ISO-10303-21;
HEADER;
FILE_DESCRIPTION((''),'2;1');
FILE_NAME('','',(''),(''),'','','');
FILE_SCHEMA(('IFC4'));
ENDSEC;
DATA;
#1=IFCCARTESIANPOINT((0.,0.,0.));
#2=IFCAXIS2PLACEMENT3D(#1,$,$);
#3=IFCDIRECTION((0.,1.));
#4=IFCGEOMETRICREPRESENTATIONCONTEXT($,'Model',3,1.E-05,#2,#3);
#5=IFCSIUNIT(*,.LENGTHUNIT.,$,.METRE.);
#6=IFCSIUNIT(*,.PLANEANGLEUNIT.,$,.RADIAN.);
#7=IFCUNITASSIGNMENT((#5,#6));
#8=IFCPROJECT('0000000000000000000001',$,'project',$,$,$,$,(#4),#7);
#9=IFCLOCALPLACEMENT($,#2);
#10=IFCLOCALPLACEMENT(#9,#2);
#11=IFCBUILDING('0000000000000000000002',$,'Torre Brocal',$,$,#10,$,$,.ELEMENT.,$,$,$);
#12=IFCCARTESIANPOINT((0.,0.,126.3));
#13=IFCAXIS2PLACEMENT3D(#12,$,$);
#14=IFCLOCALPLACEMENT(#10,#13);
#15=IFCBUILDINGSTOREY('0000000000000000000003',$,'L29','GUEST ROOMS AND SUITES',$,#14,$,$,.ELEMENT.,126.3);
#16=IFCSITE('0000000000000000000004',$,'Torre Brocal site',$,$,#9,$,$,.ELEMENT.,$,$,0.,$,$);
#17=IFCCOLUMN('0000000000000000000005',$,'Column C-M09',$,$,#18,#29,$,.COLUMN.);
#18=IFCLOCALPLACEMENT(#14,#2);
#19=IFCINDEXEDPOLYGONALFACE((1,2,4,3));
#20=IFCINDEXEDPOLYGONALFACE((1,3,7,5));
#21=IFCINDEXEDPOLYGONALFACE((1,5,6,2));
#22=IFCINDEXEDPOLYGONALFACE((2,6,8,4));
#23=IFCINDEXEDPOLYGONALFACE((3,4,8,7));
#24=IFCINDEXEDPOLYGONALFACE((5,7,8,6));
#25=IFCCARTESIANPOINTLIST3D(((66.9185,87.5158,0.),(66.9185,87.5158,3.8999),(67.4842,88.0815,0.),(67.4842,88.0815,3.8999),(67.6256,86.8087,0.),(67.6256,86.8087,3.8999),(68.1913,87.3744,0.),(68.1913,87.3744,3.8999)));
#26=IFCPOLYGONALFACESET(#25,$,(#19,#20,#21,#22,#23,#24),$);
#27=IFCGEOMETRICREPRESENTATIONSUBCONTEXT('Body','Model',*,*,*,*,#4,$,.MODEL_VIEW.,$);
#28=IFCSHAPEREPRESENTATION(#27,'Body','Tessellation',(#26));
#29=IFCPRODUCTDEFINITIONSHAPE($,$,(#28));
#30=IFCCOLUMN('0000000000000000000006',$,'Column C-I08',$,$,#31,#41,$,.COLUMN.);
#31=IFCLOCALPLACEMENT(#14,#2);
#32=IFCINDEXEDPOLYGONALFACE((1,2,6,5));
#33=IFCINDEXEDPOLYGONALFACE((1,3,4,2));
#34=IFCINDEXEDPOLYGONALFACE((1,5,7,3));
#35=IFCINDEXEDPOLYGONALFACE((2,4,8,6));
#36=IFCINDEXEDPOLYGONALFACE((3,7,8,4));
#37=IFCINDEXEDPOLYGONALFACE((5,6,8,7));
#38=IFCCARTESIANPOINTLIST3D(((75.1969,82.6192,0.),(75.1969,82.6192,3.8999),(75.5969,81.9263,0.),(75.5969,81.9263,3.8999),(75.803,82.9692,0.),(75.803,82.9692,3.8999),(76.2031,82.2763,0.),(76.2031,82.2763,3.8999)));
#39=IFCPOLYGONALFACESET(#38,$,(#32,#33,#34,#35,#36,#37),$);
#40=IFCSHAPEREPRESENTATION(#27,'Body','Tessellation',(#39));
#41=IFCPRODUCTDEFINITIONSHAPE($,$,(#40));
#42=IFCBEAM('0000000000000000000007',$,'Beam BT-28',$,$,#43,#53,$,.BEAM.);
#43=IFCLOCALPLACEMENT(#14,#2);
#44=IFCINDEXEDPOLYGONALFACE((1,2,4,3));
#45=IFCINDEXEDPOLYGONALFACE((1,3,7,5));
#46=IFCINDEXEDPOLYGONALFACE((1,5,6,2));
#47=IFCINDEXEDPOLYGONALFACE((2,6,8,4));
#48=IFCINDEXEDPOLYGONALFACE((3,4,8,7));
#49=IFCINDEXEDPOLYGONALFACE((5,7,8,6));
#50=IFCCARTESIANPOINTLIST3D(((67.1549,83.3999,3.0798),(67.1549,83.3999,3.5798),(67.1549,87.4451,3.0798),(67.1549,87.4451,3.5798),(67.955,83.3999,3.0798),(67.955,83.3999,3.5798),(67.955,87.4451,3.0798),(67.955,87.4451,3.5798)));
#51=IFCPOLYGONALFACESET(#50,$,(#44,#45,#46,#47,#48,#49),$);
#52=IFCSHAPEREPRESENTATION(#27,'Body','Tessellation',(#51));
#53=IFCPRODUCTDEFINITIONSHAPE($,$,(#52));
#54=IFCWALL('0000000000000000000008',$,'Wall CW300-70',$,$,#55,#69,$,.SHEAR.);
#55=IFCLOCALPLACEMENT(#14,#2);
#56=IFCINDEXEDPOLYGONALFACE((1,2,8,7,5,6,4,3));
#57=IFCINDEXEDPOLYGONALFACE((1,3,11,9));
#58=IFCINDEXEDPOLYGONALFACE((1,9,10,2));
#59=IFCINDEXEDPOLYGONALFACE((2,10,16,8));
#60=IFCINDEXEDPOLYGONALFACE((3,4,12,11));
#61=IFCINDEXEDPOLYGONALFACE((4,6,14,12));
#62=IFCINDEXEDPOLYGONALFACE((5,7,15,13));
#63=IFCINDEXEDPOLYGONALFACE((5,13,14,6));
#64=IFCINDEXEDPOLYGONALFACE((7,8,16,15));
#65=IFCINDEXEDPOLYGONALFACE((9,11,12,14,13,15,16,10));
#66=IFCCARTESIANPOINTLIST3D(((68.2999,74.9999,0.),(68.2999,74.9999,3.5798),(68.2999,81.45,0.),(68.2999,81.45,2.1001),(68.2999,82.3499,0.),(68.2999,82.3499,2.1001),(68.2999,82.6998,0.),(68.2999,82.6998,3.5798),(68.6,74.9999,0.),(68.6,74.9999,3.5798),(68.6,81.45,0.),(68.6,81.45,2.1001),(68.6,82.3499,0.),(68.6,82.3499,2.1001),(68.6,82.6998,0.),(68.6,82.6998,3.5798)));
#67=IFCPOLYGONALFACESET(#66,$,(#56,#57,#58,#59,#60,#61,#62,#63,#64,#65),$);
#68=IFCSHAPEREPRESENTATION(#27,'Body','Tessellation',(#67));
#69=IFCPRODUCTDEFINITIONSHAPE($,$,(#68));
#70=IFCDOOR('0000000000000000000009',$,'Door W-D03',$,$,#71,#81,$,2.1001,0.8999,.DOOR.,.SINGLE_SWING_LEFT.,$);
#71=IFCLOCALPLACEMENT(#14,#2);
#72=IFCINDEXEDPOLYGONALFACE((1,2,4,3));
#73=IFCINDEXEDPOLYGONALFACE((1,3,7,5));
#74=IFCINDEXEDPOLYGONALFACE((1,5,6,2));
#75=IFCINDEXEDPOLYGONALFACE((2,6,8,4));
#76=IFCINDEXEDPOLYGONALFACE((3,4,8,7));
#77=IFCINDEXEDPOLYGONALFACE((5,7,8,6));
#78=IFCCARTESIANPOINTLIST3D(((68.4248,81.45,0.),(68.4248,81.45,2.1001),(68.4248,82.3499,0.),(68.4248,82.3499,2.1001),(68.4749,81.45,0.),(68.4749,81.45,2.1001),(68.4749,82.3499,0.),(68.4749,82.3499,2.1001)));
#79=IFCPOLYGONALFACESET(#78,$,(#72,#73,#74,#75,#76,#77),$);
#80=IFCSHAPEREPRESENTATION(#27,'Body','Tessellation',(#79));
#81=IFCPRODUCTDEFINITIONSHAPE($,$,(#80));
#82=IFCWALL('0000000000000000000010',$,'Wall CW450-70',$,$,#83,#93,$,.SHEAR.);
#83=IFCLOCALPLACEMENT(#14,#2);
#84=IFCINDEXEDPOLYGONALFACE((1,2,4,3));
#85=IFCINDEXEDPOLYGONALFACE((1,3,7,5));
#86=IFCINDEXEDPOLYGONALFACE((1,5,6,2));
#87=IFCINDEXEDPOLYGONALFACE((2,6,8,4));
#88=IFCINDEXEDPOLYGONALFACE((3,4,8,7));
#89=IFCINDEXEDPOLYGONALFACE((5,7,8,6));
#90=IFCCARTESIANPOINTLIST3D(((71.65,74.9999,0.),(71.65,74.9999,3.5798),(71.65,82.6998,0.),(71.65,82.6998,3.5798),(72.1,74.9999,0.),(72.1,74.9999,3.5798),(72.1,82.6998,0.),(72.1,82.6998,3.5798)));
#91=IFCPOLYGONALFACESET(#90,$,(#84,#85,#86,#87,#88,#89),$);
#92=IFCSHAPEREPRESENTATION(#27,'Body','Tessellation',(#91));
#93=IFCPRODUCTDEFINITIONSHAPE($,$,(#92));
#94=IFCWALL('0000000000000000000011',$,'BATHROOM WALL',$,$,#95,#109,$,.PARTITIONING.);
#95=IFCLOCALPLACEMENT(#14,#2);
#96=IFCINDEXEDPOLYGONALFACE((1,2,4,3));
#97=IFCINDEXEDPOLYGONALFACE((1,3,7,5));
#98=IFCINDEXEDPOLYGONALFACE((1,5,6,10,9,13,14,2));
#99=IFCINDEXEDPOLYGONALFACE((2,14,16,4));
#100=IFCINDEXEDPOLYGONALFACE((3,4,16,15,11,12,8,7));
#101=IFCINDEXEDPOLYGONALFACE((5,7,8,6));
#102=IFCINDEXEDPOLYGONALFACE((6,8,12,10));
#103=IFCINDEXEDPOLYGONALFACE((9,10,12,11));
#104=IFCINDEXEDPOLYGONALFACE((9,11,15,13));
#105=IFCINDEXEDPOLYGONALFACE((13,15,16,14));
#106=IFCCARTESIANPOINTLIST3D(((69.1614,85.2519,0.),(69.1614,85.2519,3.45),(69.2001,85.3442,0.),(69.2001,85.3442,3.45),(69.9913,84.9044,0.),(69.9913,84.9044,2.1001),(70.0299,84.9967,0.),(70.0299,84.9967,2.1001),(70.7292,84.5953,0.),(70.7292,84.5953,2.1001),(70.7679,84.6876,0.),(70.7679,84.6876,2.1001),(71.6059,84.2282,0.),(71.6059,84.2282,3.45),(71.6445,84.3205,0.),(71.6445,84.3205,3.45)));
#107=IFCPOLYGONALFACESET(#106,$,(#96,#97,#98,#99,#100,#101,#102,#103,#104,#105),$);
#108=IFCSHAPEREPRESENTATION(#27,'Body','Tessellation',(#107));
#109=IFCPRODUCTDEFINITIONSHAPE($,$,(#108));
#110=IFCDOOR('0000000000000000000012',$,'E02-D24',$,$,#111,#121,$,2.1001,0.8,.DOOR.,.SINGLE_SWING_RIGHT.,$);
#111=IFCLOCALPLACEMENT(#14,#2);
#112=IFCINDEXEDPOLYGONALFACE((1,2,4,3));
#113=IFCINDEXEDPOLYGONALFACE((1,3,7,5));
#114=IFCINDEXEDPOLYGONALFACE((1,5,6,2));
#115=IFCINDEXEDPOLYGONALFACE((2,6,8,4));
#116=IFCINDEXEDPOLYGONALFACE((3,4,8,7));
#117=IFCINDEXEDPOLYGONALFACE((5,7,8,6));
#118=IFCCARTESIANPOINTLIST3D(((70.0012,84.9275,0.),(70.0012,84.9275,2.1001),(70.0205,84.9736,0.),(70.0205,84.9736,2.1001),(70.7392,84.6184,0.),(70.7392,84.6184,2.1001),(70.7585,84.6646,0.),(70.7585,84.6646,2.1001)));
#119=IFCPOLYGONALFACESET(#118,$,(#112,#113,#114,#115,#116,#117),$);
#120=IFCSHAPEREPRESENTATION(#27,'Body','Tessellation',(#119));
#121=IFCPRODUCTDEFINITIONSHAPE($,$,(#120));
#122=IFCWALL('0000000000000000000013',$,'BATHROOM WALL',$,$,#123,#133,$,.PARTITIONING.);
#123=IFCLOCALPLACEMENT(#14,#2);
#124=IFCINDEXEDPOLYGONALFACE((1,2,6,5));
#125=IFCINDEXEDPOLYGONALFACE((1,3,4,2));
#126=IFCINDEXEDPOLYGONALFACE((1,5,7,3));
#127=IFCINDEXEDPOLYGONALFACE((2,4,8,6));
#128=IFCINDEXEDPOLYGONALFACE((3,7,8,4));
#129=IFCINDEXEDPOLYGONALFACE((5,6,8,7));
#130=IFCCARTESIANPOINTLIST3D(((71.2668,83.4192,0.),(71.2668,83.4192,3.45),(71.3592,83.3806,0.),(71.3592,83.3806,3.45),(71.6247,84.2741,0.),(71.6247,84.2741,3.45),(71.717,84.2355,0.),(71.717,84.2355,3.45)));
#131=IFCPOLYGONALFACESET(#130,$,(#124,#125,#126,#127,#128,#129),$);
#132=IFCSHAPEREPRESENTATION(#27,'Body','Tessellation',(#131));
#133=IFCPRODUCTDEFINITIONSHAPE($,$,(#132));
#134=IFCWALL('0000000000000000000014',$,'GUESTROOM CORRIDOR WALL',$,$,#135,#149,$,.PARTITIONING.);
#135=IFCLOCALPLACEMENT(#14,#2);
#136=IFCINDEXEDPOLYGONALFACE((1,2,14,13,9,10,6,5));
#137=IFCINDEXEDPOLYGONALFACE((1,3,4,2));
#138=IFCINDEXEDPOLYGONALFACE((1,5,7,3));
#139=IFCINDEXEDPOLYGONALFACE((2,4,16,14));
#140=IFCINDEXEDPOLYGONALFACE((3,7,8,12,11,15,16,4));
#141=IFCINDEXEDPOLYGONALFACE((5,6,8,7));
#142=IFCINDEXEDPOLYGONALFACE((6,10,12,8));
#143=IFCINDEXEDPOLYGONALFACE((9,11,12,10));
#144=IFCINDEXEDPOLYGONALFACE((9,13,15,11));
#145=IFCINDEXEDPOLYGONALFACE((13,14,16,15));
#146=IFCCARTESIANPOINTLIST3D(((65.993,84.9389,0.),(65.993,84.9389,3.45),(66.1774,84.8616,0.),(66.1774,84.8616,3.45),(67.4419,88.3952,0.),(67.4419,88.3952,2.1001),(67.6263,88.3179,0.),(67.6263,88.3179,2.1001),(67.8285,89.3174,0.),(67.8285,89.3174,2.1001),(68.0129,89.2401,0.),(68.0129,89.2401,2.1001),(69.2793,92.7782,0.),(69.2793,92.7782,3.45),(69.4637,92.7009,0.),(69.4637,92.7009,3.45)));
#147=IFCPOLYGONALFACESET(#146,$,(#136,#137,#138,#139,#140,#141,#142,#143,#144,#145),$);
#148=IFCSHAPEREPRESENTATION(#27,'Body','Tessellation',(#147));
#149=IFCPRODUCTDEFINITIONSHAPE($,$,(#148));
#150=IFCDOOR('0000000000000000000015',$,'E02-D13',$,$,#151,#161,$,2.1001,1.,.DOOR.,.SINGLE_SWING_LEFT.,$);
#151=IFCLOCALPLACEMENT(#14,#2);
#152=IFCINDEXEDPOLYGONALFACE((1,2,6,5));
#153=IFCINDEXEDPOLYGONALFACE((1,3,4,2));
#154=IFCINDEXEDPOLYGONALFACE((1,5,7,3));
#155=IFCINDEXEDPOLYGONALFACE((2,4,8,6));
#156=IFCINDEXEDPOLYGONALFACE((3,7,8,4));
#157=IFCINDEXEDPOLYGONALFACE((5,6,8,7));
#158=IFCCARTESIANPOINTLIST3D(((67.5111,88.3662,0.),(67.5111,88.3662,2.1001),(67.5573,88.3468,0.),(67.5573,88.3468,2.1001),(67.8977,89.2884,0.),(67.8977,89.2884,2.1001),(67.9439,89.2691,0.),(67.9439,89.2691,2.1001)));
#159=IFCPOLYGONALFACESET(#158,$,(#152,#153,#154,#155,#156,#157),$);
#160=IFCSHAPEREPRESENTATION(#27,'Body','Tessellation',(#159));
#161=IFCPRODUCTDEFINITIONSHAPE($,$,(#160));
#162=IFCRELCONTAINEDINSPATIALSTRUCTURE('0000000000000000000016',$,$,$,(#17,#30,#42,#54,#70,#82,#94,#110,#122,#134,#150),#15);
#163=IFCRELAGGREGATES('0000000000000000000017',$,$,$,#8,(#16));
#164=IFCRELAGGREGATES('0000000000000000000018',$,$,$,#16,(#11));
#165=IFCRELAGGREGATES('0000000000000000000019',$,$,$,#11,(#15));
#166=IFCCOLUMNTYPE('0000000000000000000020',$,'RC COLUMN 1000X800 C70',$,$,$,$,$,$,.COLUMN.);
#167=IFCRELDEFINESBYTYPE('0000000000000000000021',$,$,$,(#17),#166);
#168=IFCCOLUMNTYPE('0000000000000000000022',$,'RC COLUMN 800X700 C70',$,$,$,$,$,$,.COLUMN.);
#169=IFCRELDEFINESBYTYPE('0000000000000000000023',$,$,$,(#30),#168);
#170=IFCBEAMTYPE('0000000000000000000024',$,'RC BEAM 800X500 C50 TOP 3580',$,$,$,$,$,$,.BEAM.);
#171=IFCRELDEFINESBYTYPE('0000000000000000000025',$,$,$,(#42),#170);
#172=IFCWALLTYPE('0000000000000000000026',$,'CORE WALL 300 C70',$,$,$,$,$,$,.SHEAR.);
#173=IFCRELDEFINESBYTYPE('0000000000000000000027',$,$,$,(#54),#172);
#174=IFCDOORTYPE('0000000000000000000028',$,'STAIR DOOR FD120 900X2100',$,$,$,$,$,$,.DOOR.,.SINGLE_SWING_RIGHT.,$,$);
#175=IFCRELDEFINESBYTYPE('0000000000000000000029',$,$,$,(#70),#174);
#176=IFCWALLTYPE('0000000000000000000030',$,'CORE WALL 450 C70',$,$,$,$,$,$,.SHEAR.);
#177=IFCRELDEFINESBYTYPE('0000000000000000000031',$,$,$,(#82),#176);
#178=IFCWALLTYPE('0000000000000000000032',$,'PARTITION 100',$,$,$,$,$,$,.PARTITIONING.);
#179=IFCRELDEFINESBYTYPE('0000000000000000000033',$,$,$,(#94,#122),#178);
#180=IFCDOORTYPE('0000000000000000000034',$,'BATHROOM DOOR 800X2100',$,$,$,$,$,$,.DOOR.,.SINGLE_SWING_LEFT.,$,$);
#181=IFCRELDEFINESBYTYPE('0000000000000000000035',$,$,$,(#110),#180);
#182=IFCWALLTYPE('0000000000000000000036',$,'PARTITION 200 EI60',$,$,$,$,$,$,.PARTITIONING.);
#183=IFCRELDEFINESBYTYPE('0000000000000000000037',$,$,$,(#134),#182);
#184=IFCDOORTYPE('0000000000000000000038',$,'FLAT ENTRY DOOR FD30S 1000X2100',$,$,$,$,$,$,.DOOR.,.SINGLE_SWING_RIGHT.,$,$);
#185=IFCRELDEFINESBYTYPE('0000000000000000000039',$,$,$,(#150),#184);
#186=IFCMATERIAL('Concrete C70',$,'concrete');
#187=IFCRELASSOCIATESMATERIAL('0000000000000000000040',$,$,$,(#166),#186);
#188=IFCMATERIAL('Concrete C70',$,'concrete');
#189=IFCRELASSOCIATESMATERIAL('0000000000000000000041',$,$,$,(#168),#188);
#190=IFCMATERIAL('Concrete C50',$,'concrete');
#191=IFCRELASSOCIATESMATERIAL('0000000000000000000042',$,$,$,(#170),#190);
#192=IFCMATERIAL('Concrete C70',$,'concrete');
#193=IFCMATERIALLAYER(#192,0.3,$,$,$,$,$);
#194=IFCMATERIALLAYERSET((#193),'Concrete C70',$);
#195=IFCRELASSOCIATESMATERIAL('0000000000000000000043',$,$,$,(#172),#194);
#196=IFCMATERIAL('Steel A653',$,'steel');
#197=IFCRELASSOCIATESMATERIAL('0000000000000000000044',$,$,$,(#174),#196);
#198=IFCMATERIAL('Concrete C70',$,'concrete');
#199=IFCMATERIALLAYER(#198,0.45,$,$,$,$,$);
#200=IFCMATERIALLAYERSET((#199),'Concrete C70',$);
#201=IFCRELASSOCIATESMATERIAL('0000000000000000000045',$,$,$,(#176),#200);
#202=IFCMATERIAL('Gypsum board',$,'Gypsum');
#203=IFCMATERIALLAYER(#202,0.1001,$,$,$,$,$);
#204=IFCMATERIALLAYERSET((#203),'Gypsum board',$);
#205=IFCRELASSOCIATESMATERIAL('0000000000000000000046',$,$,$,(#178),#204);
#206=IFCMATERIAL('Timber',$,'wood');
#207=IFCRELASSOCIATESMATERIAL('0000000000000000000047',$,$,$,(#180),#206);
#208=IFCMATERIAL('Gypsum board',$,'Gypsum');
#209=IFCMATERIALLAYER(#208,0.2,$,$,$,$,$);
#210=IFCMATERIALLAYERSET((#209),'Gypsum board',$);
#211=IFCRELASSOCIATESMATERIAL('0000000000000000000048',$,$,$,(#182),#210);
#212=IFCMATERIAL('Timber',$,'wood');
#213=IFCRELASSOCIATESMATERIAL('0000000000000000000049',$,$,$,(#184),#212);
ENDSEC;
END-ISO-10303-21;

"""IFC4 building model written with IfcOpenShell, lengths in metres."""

from ifc_helpers import new_model, si_unit, direction, frame, frame_2d, origin, origin_2d, place, context, subcontext, project, spatial, rectangle, extrude, material, layer, layer_set, material_profile, profile_set, type_object, element, fill, save


model = new_model("IFC4")

# Units and contexts
model_context = context("Model", 3, precision=1e-05, world=origin(), true_north=direction((0.0, 1.0)))
body_context = subcontext(model_context, "Body", "Model", "MODEL_VIEW")
ifc_project = project(units=[si_unit("LENGTHUNIT", "METRE"), si_unit("PLANEANGLEUNIT", "RADIAN")], contexts=[model_context])

# Site, building, storey
site_placement = place(None, origin())
site = spatial("IfcSite", under=ifc_project, at=site_placement, Name="Torre Brocal site", CompositionType="ELEMENT", RefElevation=0.0)
building_placement = place(site_placement, origin())
building = spatial("IfcBuilding", under=site, at=building_placement, Name="Torre Brocal", CompositionType="ELEMENT")
storey_placement = place(building_placement, frame((0.0, 0.0, 126.3)))
storey = spatial("IfcBuildingStorey", under=building, at=storey_placement, Name="L29", Description="GUEST ROOMS AND SUITES", CompositionType="ELEMENT", Elevation=126.3)

# Columns
ifc_material_1 = material(Name="Concrete C70", Category="concrete")
ifc_material_profile_1 = material_profile(ifc_material_1, rectangle(XDim=1.0, YDim=0.8, at=origin_2d()), Name="RC 1000X800")
ifc_profile_set_1 = profile_set([ifc_material_profile_1], Name="Concrete C70")
column_type_1 = type_object("IfcColumnType", Name="RC COLUMN 1000X800 C70", PredefinedType="COLUMN", material=ifc_profile_set_1)
column_1_placement = place(storey_placement, frame((67.5549, 87.4451, 0.0), z_axis=(0.0, 0.0, 1.0), x_axis=(-0.707107, 0.707107, 0.0)))
element("IfcColumn", 1, at=column_1_placement, inside=storey, type_object=column_type_1, Name="Column C-M09", PredefinedType="COLUMN", context=body_context, shape_type="SweptSolid", body=[
    extrude(rectangle(XDim=1.0, YDim=0.8, at=origin_2d()), origin(), (0.0, 0.0, 1.0), 3.8999),
])
ifc_material_2 = material(Name="Concrete C70", Category="concrete")
ifc_material_profile_2 = material_profile(ifc_material_2, rectangle(XDim=0.8, YDim=0.7, at=origin_2d()), Name="RC 800X700")
ifc_profile_set_2 = profile_set([ifc_material_profile_2], Name="Concrete C70")
column_type_2 = type_object("IfcColumnType", Name="RC COLUMN 800X700 C70", PredefinedType="COLUMN", material=ifc_profile_set_2)
column_2_placement = place(storey_placement, frame((75.7, 82.4478, 0.0), z_axis=(0.0, 0.0, 1.0), x_axis=(-0.5, 0.866025, 0.0)))
element("IfcColumn", 2, at=column_2_placement, inside=storey, type_object=column_type_2, Name="Column C-I08", PredefinedType="COLUMN", context=body_context, shape_type="SweptSolid", body=[
    extrude(rectangle(XDim=0.8, YDim=0.7, at=origin_2d()), origin(), (0.0, 0.0, 1.0), 3.8999),
])

# Beam
ifc_material_3 = material(Name="Concrete C50", Category="concrete")
ifc_material_profile_3 = material_profile(ifc_material_3, rectangle(XDim=0.8, YDim=0.5, at=origin_2d()), Name="RC 800X500")
ifc_profile_set_3 = profile_set([ifc_material_profile_3], Name="Concrete C50")
beam_type = type_object("IfcBeamType", Name="RC BEAM 800X500 C50 TOP 3580", PredefinedType="BEAM", material=ifc_profile_set_3)
beam_placement = place(storey_placement, frame((67.5549, 87.4451, 3.3298), z_axis=(0.0, -1.0, 0.0), x_axis=(1.0, 0.0, 0.0)))
element("IfcBeam", 3, at=beam_placement, inside=storey, type_object=beam_type, Name="Beam BT-28", PredefinedType="BEAM", context=body_context, shape_type="SweptSolid", body=[
    extrude(rectangle(XDim=0.8, YDim=0.5, at=origin_2d()), origin(), (0.0, 0.0, 1.0), 4.0452),
])

# Wall, opening, door
ifc_material_4 = material(Name="Concrete C70", Category="concrete")
ifc_layer_1 = layer(ifc_material_4, 0.3)
ifc_layer_set_1 = layer_set([ifc_layer_1], Name="Concrete C70")
wall_type_1 = type_object("IfcWallType", Name="CORE WALL 300 C70", PredefinedType="SHEAR", material=ifc_layer_set_1)
wall_1_placement = place(storey_placement, frame((68.45, 82.7, 0.0), z_axis=(0.0, 0.0, 1.0), x_axis=(0.0, -1.0, 0.0)))
wall_1 = element("IfcWall", 4, at=wall_1_placement, inside=storey, type_object=wall_type_1, Name="Wall CW300-70", PredefinedType="SHEAR", context=body_context, shape_type="SweptSolid", body=[
    extrude(rectangle(XDim=7.7, YDim=0.3, at=frame_2d((3.8501, 0.0))), origin(), (0.0, 0.0, 1.0), 3.5798),
])
opening_1_placement = place(wall_1_placement, frame((0.3501, 0.0, 0.0)))
opening_1 = element("IfcOpeningElement", 5, at=opening_1_placement, cuts=wall_1, PredefinedType="OPENING", context=body_context, shape_type="SweptSolid", body=[
    extrude(rectangle(XDim=0.8999, YDim=2.1001, at=frame_2d((0.45, 1.05))), frame((0.0, 0.1599, 0.0), z_axis=(0.0, -1.0, 0.0), x_axis=(1.0, 0.0, 0.0)), (0.0, 0.0, 1.0), 0.3201),
])
ifc_material_5 = material(Name="Steel A653", Category="steel")
door_type_1 = type_object("IfcDoorType", Name="STAIR DOOR FD120 900X2100", OperationType="SINGLE_SWING_RIGHT", PredefinedType="DOOR", material=ifc_material_5)
door_1_placement = place(opening_1_placement, origin())
door_1 = element("IfcDoor", 6, at=door_1_placement, inside=storey, type_object=door_type_1, Name="Door W-D03", OperationType="SINGLE_SWING_LEFT", OverallHeight=2.1001, OverallWidth=0.8999, PredefinedType="DOOR", context=body_context, shape_type="SweptSolid", body=[
    extrude(rectangle(XDim=0.8999, YDim=2.1001, at=frame_2d((0.45, 1.05))), frame((0.0, 0.0249, 0.0), z_axis=(0.0, -1.0, 0.0), x_axis=(1.0, 0.0, 0.0)), (0.0, 0.0, 1.0), 0.05),
])
fill(opening_1, door_1)

# Wall
ifc_material_6 = material(Name="Concrete C70", Category="concrete")
ifc_layer_2 = layer(ifc_material_6, 0.45)
ifc_layer_set_2 = layer_set([ifc_layer_2], Name="Concrete C70")
wall_type_2 = type_object("IfcWallType", Name="CORE WALL 450 C70", PredefinedType="SHEAR", material=ifc_layer_set_2)
wall_2_placement = place(storey_placement, frame((71.875, 82.7, 0.0), z_axis=(0.0, 0.0, 1.0), x_axis=(0.0, -1.0, 0.0)))
element("IfcWall", 7, at=wall_2_placement, inside=storey, type_object=wall_type_2, Name="Wall CW450-70", PredefinedType="SHEAR", context=body_context, shape_type="SweptSolid", body=[
    extrude(rectangle(XDim=7.7, YDim=0.45, at=frame_2d((3.8501, 0.0))), origin(), (0.0, 0.0, 1.0), 3.5798),
])

# Wall, opening, door
ifc_material_7 = material(Name="Gypsum board", Category="Gypsum")
ifc_layer_3 = layer(ifc_material_7, 0.1001)
ifc_layer_set_3 = layer_set([ifc_layer_3], Name="Gypsum board")
wall_type_3 = type_object("IfcWallType", Name="PARTITION 100", PredefinedType="PARTITIONING", material=ifc_layer_set_3)
wall_3_placement = place(storey_placement, frame((69.1807, 85.2981, 0.0), z_axis=(0.0, 0.0, 1.0), x_axis=(0.922378, -0.386289, 0.0)))
wall_3 = element("IfcWall", 8, at=wall_3_placement, inside=storey, type_object=wall_type_3, Name="BATHROOM WALL", PredefinedType="PARTITIONING", context=body_context, shape_type="SweptSolid", body=[
    extrude(rectangle(XDim=2.6501, YDim=0.1001, at=frame_2d((1.3252, 0.0))), origin(), (0.0, 0.0, 1.0), 3.45),
])
opening_2_placement = place(wall_3_placement, frame((0.8999, 0.0, 0.0)))
opening_2 = element("IfcOpeningElement", 9, at=opening_2_placement, cuts=wall_3, PredefinedType="OPENING", context=body_context, shape_type="SweptSolid", body=[
    extrude(rectangle(XDim=0.8, YDim=2.1001, at=frame_2d((0.3999, 1.05))), frame((0.0, 0.0601, 0.0), z_axis=(0.0, -1.0, 0.0), x_axis=(1.0, 0.0, 0.0)), (0.0, 0.0, 1.0), 0.1201),
])
ifc_material_8 = material(Name="Timber", Category="wood")
door_type_2 = type_object("IfcDoorType", Name="BATHROOM DOOR 800X2100", OperationType="SINGLE_SWING_LEFT", PredefinedType="DOOR", material=ifc_material_8)
door_2_placement = place(opening_2_placement, frame((0.8, 0.0, 0.0), z_axis=(0.0, 0.0, 1.0), x_axis=(-1.0, 0.0, 0.0)))
door_2 = element("IfcDoor", 10, at=door_2_placement, inside=storey, type_object=door_type_2, Name="E02-D24", OperationType="SINGLE_SWING_RIGHT", OverallHeight=2.1001, OverallWidth=0.8, PredefinedType="DOOR", context=body_context, shape_type="SweptSolid", body=[
    extrude(rectangle(XDim=0.8, YDim=2.1001, at=frame_2d((0.3999, 1.05))), frame((0.0, 0.0249, 0.0), z_axis=(0.0, -1.0, 0.0), x_axis=(1.0, 0.0, 0.0)), (0.0, 0.0, 1.0), 0.05),
])
fill(opening_2, door_2)

# Wall
wall_4_placement = place(storey_placement, frame((71.313, 83.3999, 0.0), z_axis=(0.0, 0.0, 1.0), x_axis=(0.386149, 0.922437, 0.0)))
element("IfcWall", 11, at=wall_4_placement, inside=storey, type_object=wall_type_3, Name="BATHROOM WALL", PredefinedType="PARTITIONING", context=body_context, shape_type="SweptSolid", body=[
    extrude(rectangle(XDim=0.9268, YDim=0.1001, at=frame_2d((0.4634, 0.0))), origin(), (0.0, 0.0, 1.0), 3.45),
])

# Wall, opening, door
ifc_material_9 = material(Name="Gypsum board", Category="Gypsum")
ifc_layer_4 = layer(ifc_material_9, 0.2)
ifc_layer_set_4 = layer_set([ifc_layer_4], Name="Gypsum board")
wall_type_4 = type_object("IfcWallType", Name="PARTITION 200 EI60", PredefinedType="PARTITIONING", material=ifc_layer_set_4)
wall_5_placement = place(storey_placement, frame((66.0852, 84.9004, 0.0), z_axis=(0.0, 0.0, 1.0), x_axis=(0.386617, 0.92224, 0.0)))
wall_5 = element("IfcWall", 12, at=wall_5_placement, inside=storey, type_object=wall_type_4, Name="GUESTROOM CORRIDOR WALL", PredefinedType="PARTITIONING", context=body_context, shape_type="SweptSolid", body=[
    extrude(rectangle(XDim=8.5002, YDim=0.2, at=frame_2d((4.25, 0.0))), origin(), (0.0, 0.0, 1.0), 3.45),
])
opening_3_placement = place(wall_5_placement, frame((3.7476, 0.0, 0.0)))
opening_3 = element("IfcOpeningElement", 13, at=opening_3_placement, cuts=wall_5, PredefinedType="OPENING", context=body_context, shape_type="SweptSolid", body=[
    extrude(rectangle(XDim=1.0, YDim=2.1001, at=frame_2d((0.5, 1.05))), frame((0.0, 0.1099, 0.0), z_axis=(0.0, -1.0, 0.0), x_axis=(1.0, 0.0, 0.0)), (0.0, 0.0, 1.0), 0.22),
])
ifc_material_10 = material(Name="Timber", Category="wood")
door_type_3 = type_object("IfcDoorType", Name="FLAT ENTRY DOOR FD30S 1000X2100", OperationType="SINGLE_SWING_RIGHT", PredefinedType="DOOR", material=ifc_material_10)
door_3_placement = place(opening_3_placement, origin())
door_3 = element("IfcDoor", 14, at=door_3_placement, inside=storey, type_object=door_type_3, Name="E02-D13", OperationType="SINGLE_SWING_LEFT", OverallHeight=2.1001, OverallWidth=1.0, PredefinedType="DOOR", context=body_context, shape_type="SweptSolid", body=[
    extrude(rectangle(XDim=1.0, YDim=2.1001, at=frame_2d((0.5, 1.05))), frame((0.0, 0.0249, 0.0), z_axis=(0.0, -1.0, 0.0), x_axis=(1.0, 0.0, 0.0)), (0.0, 0.0, 1.0), 0.05),
])
fill(opening_3, door_3)

save(model, "model.ifc")
